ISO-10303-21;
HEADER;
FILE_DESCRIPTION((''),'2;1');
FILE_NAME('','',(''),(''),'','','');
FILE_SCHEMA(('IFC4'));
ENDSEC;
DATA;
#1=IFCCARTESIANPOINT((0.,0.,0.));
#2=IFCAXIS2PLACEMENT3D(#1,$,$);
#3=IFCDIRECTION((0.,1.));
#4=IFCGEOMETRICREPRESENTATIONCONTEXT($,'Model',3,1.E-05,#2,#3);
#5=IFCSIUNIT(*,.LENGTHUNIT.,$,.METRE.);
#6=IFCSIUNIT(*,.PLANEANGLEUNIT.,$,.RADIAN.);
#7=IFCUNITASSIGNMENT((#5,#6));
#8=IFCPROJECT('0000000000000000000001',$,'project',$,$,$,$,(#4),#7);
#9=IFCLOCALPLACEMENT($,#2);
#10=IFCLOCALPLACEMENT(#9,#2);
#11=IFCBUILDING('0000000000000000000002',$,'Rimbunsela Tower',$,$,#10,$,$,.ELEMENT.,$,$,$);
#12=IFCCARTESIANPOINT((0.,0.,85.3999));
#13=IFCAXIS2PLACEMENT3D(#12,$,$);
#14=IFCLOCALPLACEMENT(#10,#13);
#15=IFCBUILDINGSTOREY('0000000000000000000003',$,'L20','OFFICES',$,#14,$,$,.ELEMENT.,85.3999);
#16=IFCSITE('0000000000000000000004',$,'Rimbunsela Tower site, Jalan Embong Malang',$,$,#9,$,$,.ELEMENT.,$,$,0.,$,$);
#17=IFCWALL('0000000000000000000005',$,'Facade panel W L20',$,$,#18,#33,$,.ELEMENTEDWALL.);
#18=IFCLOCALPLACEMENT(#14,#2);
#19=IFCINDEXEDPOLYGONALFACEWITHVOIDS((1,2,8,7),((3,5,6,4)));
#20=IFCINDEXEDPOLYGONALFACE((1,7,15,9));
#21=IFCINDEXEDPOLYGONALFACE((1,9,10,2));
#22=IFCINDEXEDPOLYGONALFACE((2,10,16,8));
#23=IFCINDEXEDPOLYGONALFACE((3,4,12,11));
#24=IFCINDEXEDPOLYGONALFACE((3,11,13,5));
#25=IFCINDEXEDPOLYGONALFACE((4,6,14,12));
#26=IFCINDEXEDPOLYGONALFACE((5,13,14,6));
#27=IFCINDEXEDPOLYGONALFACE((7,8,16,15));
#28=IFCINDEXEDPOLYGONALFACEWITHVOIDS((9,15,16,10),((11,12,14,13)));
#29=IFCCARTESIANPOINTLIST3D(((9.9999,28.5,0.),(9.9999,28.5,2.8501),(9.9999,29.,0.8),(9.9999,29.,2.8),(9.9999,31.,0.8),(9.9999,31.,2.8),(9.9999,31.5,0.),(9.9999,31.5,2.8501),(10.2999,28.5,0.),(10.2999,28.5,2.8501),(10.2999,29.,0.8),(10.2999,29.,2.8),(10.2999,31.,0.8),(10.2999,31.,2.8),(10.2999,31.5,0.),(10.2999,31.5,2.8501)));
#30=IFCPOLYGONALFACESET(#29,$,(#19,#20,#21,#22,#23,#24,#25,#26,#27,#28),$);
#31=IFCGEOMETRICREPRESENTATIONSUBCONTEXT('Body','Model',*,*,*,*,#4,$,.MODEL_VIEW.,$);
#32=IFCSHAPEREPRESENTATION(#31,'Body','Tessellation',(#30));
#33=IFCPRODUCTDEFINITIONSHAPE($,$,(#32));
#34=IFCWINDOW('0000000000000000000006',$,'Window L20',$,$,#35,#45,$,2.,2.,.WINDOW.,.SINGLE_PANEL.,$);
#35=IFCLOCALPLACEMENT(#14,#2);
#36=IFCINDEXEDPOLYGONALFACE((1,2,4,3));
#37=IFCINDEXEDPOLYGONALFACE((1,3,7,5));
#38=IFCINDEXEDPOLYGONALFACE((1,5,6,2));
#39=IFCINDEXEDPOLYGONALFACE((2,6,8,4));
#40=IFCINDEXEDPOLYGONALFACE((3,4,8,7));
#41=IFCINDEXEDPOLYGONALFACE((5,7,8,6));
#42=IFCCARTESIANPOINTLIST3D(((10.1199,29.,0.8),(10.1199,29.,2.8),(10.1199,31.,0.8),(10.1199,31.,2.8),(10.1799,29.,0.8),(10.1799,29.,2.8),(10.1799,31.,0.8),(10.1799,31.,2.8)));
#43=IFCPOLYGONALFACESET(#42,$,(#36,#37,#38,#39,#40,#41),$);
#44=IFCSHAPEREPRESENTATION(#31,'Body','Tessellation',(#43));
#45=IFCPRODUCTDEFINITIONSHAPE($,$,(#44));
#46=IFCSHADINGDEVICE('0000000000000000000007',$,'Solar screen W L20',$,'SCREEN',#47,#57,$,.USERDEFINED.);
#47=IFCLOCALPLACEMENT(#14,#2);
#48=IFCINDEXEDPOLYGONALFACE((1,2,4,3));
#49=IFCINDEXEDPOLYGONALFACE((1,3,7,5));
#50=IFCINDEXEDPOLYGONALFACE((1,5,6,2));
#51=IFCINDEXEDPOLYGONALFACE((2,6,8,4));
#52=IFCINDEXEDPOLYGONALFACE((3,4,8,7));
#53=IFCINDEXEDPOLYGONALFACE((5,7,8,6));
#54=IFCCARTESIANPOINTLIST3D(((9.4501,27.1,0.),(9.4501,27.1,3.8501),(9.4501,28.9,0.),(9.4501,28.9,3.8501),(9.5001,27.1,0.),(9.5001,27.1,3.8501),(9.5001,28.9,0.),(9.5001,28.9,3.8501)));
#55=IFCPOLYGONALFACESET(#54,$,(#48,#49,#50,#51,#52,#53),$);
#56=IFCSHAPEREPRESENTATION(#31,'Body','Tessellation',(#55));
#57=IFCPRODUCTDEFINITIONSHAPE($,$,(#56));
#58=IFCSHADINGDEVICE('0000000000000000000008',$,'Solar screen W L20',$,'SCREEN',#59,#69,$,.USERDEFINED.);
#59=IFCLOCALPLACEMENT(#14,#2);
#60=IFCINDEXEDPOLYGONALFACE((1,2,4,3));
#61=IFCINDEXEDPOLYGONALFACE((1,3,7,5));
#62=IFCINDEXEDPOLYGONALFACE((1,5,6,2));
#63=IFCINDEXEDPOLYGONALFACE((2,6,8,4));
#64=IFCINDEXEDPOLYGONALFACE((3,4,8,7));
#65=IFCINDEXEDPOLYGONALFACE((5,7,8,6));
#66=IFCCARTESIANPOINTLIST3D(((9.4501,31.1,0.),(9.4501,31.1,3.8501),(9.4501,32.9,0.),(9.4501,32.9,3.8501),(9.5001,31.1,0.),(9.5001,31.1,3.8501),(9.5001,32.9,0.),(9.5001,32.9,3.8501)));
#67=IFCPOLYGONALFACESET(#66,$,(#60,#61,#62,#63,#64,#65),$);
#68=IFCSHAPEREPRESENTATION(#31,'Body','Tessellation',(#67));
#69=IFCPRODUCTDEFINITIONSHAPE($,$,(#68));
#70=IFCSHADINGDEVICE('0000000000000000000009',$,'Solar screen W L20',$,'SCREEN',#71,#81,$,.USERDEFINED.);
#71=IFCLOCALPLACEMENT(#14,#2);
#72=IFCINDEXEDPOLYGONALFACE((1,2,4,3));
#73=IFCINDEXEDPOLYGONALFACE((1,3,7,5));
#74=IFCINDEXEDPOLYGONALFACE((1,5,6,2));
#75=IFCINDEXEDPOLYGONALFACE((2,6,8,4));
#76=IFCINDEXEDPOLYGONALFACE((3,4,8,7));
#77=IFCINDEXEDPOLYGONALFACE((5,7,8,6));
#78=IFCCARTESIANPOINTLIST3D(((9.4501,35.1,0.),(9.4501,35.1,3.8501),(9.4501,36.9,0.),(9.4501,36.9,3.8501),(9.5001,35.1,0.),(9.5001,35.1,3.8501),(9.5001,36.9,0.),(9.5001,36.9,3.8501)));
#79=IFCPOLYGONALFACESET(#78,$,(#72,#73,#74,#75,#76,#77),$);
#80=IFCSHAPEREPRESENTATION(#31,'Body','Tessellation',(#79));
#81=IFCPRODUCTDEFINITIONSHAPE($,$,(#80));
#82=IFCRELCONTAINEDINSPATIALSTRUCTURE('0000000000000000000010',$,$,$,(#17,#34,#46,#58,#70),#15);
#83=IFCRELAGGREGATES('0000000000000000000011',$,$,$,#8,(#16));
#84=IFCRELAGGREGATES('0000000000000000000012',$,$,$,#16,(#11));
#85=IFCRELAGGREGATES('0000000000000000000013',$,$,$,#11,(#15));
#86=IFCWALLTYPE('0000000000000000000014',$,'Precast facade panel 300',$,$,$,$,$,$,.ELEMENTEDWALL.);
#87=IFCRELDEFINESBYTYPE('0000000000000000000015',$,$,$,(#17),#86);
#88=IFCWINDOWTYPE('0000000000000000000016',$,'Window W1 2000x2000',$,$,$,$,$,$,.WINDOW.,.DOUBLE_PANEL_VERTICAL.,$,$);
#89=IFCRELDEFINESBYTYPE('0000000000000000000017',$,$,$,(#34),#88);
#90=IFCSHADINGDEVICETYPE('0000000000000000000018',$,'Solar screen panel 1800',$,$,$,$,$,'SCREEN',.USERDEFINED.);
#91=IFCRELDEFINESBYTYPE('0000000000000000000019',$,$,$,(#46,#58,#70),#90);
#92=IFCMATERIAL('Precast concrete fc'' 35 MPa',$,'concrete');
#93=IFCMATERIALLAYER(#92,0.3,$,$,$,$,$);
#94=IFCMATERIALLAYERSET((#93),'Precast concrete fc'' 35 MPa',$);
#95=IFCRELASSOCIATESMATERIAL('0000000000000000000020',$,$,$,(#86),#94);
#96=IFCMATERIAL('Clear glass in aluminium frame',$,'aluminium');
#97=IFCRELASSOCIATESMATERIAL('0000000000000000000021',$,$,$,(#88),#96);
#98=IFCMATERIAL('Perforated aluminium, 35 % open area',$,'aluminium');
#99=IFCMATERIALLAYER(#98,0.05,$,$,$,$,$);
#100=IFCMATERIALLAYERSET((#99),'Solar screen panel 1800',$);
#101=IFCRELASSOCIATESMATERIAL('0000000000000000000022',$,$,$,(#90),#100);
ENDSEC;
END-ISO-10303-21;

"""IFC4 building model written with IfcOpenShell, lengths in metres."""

from ifc_helpers import new_model, si_unit, direction, frame, frame_2d, origin, origin_2d, place, context, subcontext, project, spatial, rectangle, extrude, material, layer, layer_set, type_object, element, fill, save


model = new_model("IFC4")

# Units and contexts
model_context = context("Model", 3, precision=1e-05, world=origin(), true_north=direction((0.0, 1.0)))
body_context = subcontext(model_context, "Body", "Model", "MODEL_VIEW")
ifc_project = project(units=[si_unit("LENGTHUNIT", "METRE"), si_unit("PLANEANGLEUNIT", "RADIAN")], contexts=[model_context])

# Site, building, storey
site_placement = place(None, origin())
site = spatial("IfcSite", under=ifc_project, at=site_placement, Name="Rimbunsela Tower site, Jalan Embong Malang", CompositionType="ELEMENT", RefElevation=0.0)
building_placement = place(site_placement, origin())
building = spatial("IfcBuilding", under=site, at=building_placement, Name="Rimbunsela Tower", CompositionType="ELEMENT")
storey_placement = place(building_placement, frame((0.0, 0.0, 85.3999)))
storey = spatial("IfcBuildingStorey", under=building, at=storey_placement, Name="L20", Description="OFFICES", CompositionType="ELEMENT", Elevation=85.3999)

# Wall, opening, window
ifc_material_1 = material(Name="Precast concrete fc' 35 MPa", Category="concrete")
ifc_layer_1 = layer(ifc_material_1, 0.3)
ifc_layer_set_1 = layer_set([ifc_layer_1], Name="Precast concrete fc' 35 MPa")
wall_type = type_object("IfcWallType", Name="Precast facade panel 300", PredefinedType="ELEMENTEDWALL", material=ifc_layer_set_1)
ifc_material_2 = material(Name="Clear glass in aluminium frame", Category="aluminium")
window_type = type_object("IfcWindowType", Name="Window W1 2000x2000", PartitioningType="DOUBLE_PANEL_VERTICAL", PredefinedType="WINDOW", material=ifc_material_2)
wall_1_placement = place(storey_placement, frame((10.1499, 31.5, 0.0), z_axis=(0.0, 0.0, 1.0), x_axis=(0.0, -1.0, 0.0)))
wall_1 = element("IfcWall", 1, at=wall_1_placement, inside=storey, type_object=wall_type, Name="Facade panel W L20", PredefinedType="ELEMENTEDWALL", context=body_context, shape_type="SweptSolid", body=[
    extrude(rectangle(XDim=3.0, YDim=0.3, at=frame_2d((1.5, 0.0))), origin(), (0.0, 0.0, 1.0), 2.8501),
])
opening_1_placement = place(wall_1_placement, frame((0.5, 0.0, 0.8)))
opening_1 = element("IfcOpeningElement", 2, at=opening_1_placement, cuts=wall_1, PredefinedType="OPENING", context=body_context, shape_type="SweptSolid", body=[
    extrude(rectangle(XDim=2.0, YDim=2.0, at=frame_2d((1.0, 1.0))), frame((0.0, 0.1599, 0.0), z_axis=(0.0, -1.0, 0.0), x_axis=(1.0, 0.0, 0.0)), (0.0, 0.0, 1.0), 0.3201),
])
window_1_placement = place(opening_1_placement, origin())
window_1 = element("IfcWindow", 3, at=window_1_placement, inside=storey, type_object=window_type, Name="Window L20", OverallHeight=2.0, OverallWidth=2.0, PartitioningType="SINGLE_PANEL", PredefinedType="WINDOW", context=body_context, shape_type="SweptSolid", body=[
    extrude(rectangle(XDim=2.0, YDim=2.0, at=frame_2d((1.0, 1.0))), frame((0.0, 0.03, 0.0), z_axis=(0.0, -1.0, 0.0), x_axis=(1.0, 0.0, 0.0)), (0.0, 0.0, 1.0), 0.0601),
])
fill(opening_1, window_1)

# Shading devices
ifc_material_3 = material(Name="Perforated aluminium, 35 % open area", Category="aluminium")
ifc_layer_2 = layer(ifc_material_3, 0.05)
ifc_layer_set_2 = layer_set([ifc_layer_2], Name="Solar screen panel 1800")
shading_device_type = type_object("IfcShadingDeviceType", Name="Solar screen panel 1800", ElementType="SCREEN", PredefinedType="USERDEFINED", material=ifc_layer_set_2)
for number, where, z_axis, x_axis, name in (
    (4, (9.4751, 28.0, 0.0), (0.0, 0.0, 1.0), (0.0, 1.0, 0.0), "Solar screen W L20"),
    (5, (9.4751, 32.0, 0.0), (0.0, 0.0, 1.0), (0.0, 1.0, 0.0), "Solar screen W L20"),
    (6, (9.4751, 36.0, 0.0), (0.0, 0.0, 1.0), (0.0, 1.0, 0.0), "Solar screen W L20"),
):
    element("IfcShadingDevice", number, at=place(storey_placement, frame(where, z_axis=z_axis, x_axis=x_axis)), inside=storey, type_object=shading_device_type, Name=name, ObjectType="SCREEN", PredefinedType="USERDEFINED", context=body_context, shape_type="SweptSolid", body=[
        extrude(rectangle(XDim=1.8, YDim=0.05, at=origin_2d()), origin(), (0.0, 0.0, 1.0), 3.8501),
    ])

save(model, "model.ifc")
